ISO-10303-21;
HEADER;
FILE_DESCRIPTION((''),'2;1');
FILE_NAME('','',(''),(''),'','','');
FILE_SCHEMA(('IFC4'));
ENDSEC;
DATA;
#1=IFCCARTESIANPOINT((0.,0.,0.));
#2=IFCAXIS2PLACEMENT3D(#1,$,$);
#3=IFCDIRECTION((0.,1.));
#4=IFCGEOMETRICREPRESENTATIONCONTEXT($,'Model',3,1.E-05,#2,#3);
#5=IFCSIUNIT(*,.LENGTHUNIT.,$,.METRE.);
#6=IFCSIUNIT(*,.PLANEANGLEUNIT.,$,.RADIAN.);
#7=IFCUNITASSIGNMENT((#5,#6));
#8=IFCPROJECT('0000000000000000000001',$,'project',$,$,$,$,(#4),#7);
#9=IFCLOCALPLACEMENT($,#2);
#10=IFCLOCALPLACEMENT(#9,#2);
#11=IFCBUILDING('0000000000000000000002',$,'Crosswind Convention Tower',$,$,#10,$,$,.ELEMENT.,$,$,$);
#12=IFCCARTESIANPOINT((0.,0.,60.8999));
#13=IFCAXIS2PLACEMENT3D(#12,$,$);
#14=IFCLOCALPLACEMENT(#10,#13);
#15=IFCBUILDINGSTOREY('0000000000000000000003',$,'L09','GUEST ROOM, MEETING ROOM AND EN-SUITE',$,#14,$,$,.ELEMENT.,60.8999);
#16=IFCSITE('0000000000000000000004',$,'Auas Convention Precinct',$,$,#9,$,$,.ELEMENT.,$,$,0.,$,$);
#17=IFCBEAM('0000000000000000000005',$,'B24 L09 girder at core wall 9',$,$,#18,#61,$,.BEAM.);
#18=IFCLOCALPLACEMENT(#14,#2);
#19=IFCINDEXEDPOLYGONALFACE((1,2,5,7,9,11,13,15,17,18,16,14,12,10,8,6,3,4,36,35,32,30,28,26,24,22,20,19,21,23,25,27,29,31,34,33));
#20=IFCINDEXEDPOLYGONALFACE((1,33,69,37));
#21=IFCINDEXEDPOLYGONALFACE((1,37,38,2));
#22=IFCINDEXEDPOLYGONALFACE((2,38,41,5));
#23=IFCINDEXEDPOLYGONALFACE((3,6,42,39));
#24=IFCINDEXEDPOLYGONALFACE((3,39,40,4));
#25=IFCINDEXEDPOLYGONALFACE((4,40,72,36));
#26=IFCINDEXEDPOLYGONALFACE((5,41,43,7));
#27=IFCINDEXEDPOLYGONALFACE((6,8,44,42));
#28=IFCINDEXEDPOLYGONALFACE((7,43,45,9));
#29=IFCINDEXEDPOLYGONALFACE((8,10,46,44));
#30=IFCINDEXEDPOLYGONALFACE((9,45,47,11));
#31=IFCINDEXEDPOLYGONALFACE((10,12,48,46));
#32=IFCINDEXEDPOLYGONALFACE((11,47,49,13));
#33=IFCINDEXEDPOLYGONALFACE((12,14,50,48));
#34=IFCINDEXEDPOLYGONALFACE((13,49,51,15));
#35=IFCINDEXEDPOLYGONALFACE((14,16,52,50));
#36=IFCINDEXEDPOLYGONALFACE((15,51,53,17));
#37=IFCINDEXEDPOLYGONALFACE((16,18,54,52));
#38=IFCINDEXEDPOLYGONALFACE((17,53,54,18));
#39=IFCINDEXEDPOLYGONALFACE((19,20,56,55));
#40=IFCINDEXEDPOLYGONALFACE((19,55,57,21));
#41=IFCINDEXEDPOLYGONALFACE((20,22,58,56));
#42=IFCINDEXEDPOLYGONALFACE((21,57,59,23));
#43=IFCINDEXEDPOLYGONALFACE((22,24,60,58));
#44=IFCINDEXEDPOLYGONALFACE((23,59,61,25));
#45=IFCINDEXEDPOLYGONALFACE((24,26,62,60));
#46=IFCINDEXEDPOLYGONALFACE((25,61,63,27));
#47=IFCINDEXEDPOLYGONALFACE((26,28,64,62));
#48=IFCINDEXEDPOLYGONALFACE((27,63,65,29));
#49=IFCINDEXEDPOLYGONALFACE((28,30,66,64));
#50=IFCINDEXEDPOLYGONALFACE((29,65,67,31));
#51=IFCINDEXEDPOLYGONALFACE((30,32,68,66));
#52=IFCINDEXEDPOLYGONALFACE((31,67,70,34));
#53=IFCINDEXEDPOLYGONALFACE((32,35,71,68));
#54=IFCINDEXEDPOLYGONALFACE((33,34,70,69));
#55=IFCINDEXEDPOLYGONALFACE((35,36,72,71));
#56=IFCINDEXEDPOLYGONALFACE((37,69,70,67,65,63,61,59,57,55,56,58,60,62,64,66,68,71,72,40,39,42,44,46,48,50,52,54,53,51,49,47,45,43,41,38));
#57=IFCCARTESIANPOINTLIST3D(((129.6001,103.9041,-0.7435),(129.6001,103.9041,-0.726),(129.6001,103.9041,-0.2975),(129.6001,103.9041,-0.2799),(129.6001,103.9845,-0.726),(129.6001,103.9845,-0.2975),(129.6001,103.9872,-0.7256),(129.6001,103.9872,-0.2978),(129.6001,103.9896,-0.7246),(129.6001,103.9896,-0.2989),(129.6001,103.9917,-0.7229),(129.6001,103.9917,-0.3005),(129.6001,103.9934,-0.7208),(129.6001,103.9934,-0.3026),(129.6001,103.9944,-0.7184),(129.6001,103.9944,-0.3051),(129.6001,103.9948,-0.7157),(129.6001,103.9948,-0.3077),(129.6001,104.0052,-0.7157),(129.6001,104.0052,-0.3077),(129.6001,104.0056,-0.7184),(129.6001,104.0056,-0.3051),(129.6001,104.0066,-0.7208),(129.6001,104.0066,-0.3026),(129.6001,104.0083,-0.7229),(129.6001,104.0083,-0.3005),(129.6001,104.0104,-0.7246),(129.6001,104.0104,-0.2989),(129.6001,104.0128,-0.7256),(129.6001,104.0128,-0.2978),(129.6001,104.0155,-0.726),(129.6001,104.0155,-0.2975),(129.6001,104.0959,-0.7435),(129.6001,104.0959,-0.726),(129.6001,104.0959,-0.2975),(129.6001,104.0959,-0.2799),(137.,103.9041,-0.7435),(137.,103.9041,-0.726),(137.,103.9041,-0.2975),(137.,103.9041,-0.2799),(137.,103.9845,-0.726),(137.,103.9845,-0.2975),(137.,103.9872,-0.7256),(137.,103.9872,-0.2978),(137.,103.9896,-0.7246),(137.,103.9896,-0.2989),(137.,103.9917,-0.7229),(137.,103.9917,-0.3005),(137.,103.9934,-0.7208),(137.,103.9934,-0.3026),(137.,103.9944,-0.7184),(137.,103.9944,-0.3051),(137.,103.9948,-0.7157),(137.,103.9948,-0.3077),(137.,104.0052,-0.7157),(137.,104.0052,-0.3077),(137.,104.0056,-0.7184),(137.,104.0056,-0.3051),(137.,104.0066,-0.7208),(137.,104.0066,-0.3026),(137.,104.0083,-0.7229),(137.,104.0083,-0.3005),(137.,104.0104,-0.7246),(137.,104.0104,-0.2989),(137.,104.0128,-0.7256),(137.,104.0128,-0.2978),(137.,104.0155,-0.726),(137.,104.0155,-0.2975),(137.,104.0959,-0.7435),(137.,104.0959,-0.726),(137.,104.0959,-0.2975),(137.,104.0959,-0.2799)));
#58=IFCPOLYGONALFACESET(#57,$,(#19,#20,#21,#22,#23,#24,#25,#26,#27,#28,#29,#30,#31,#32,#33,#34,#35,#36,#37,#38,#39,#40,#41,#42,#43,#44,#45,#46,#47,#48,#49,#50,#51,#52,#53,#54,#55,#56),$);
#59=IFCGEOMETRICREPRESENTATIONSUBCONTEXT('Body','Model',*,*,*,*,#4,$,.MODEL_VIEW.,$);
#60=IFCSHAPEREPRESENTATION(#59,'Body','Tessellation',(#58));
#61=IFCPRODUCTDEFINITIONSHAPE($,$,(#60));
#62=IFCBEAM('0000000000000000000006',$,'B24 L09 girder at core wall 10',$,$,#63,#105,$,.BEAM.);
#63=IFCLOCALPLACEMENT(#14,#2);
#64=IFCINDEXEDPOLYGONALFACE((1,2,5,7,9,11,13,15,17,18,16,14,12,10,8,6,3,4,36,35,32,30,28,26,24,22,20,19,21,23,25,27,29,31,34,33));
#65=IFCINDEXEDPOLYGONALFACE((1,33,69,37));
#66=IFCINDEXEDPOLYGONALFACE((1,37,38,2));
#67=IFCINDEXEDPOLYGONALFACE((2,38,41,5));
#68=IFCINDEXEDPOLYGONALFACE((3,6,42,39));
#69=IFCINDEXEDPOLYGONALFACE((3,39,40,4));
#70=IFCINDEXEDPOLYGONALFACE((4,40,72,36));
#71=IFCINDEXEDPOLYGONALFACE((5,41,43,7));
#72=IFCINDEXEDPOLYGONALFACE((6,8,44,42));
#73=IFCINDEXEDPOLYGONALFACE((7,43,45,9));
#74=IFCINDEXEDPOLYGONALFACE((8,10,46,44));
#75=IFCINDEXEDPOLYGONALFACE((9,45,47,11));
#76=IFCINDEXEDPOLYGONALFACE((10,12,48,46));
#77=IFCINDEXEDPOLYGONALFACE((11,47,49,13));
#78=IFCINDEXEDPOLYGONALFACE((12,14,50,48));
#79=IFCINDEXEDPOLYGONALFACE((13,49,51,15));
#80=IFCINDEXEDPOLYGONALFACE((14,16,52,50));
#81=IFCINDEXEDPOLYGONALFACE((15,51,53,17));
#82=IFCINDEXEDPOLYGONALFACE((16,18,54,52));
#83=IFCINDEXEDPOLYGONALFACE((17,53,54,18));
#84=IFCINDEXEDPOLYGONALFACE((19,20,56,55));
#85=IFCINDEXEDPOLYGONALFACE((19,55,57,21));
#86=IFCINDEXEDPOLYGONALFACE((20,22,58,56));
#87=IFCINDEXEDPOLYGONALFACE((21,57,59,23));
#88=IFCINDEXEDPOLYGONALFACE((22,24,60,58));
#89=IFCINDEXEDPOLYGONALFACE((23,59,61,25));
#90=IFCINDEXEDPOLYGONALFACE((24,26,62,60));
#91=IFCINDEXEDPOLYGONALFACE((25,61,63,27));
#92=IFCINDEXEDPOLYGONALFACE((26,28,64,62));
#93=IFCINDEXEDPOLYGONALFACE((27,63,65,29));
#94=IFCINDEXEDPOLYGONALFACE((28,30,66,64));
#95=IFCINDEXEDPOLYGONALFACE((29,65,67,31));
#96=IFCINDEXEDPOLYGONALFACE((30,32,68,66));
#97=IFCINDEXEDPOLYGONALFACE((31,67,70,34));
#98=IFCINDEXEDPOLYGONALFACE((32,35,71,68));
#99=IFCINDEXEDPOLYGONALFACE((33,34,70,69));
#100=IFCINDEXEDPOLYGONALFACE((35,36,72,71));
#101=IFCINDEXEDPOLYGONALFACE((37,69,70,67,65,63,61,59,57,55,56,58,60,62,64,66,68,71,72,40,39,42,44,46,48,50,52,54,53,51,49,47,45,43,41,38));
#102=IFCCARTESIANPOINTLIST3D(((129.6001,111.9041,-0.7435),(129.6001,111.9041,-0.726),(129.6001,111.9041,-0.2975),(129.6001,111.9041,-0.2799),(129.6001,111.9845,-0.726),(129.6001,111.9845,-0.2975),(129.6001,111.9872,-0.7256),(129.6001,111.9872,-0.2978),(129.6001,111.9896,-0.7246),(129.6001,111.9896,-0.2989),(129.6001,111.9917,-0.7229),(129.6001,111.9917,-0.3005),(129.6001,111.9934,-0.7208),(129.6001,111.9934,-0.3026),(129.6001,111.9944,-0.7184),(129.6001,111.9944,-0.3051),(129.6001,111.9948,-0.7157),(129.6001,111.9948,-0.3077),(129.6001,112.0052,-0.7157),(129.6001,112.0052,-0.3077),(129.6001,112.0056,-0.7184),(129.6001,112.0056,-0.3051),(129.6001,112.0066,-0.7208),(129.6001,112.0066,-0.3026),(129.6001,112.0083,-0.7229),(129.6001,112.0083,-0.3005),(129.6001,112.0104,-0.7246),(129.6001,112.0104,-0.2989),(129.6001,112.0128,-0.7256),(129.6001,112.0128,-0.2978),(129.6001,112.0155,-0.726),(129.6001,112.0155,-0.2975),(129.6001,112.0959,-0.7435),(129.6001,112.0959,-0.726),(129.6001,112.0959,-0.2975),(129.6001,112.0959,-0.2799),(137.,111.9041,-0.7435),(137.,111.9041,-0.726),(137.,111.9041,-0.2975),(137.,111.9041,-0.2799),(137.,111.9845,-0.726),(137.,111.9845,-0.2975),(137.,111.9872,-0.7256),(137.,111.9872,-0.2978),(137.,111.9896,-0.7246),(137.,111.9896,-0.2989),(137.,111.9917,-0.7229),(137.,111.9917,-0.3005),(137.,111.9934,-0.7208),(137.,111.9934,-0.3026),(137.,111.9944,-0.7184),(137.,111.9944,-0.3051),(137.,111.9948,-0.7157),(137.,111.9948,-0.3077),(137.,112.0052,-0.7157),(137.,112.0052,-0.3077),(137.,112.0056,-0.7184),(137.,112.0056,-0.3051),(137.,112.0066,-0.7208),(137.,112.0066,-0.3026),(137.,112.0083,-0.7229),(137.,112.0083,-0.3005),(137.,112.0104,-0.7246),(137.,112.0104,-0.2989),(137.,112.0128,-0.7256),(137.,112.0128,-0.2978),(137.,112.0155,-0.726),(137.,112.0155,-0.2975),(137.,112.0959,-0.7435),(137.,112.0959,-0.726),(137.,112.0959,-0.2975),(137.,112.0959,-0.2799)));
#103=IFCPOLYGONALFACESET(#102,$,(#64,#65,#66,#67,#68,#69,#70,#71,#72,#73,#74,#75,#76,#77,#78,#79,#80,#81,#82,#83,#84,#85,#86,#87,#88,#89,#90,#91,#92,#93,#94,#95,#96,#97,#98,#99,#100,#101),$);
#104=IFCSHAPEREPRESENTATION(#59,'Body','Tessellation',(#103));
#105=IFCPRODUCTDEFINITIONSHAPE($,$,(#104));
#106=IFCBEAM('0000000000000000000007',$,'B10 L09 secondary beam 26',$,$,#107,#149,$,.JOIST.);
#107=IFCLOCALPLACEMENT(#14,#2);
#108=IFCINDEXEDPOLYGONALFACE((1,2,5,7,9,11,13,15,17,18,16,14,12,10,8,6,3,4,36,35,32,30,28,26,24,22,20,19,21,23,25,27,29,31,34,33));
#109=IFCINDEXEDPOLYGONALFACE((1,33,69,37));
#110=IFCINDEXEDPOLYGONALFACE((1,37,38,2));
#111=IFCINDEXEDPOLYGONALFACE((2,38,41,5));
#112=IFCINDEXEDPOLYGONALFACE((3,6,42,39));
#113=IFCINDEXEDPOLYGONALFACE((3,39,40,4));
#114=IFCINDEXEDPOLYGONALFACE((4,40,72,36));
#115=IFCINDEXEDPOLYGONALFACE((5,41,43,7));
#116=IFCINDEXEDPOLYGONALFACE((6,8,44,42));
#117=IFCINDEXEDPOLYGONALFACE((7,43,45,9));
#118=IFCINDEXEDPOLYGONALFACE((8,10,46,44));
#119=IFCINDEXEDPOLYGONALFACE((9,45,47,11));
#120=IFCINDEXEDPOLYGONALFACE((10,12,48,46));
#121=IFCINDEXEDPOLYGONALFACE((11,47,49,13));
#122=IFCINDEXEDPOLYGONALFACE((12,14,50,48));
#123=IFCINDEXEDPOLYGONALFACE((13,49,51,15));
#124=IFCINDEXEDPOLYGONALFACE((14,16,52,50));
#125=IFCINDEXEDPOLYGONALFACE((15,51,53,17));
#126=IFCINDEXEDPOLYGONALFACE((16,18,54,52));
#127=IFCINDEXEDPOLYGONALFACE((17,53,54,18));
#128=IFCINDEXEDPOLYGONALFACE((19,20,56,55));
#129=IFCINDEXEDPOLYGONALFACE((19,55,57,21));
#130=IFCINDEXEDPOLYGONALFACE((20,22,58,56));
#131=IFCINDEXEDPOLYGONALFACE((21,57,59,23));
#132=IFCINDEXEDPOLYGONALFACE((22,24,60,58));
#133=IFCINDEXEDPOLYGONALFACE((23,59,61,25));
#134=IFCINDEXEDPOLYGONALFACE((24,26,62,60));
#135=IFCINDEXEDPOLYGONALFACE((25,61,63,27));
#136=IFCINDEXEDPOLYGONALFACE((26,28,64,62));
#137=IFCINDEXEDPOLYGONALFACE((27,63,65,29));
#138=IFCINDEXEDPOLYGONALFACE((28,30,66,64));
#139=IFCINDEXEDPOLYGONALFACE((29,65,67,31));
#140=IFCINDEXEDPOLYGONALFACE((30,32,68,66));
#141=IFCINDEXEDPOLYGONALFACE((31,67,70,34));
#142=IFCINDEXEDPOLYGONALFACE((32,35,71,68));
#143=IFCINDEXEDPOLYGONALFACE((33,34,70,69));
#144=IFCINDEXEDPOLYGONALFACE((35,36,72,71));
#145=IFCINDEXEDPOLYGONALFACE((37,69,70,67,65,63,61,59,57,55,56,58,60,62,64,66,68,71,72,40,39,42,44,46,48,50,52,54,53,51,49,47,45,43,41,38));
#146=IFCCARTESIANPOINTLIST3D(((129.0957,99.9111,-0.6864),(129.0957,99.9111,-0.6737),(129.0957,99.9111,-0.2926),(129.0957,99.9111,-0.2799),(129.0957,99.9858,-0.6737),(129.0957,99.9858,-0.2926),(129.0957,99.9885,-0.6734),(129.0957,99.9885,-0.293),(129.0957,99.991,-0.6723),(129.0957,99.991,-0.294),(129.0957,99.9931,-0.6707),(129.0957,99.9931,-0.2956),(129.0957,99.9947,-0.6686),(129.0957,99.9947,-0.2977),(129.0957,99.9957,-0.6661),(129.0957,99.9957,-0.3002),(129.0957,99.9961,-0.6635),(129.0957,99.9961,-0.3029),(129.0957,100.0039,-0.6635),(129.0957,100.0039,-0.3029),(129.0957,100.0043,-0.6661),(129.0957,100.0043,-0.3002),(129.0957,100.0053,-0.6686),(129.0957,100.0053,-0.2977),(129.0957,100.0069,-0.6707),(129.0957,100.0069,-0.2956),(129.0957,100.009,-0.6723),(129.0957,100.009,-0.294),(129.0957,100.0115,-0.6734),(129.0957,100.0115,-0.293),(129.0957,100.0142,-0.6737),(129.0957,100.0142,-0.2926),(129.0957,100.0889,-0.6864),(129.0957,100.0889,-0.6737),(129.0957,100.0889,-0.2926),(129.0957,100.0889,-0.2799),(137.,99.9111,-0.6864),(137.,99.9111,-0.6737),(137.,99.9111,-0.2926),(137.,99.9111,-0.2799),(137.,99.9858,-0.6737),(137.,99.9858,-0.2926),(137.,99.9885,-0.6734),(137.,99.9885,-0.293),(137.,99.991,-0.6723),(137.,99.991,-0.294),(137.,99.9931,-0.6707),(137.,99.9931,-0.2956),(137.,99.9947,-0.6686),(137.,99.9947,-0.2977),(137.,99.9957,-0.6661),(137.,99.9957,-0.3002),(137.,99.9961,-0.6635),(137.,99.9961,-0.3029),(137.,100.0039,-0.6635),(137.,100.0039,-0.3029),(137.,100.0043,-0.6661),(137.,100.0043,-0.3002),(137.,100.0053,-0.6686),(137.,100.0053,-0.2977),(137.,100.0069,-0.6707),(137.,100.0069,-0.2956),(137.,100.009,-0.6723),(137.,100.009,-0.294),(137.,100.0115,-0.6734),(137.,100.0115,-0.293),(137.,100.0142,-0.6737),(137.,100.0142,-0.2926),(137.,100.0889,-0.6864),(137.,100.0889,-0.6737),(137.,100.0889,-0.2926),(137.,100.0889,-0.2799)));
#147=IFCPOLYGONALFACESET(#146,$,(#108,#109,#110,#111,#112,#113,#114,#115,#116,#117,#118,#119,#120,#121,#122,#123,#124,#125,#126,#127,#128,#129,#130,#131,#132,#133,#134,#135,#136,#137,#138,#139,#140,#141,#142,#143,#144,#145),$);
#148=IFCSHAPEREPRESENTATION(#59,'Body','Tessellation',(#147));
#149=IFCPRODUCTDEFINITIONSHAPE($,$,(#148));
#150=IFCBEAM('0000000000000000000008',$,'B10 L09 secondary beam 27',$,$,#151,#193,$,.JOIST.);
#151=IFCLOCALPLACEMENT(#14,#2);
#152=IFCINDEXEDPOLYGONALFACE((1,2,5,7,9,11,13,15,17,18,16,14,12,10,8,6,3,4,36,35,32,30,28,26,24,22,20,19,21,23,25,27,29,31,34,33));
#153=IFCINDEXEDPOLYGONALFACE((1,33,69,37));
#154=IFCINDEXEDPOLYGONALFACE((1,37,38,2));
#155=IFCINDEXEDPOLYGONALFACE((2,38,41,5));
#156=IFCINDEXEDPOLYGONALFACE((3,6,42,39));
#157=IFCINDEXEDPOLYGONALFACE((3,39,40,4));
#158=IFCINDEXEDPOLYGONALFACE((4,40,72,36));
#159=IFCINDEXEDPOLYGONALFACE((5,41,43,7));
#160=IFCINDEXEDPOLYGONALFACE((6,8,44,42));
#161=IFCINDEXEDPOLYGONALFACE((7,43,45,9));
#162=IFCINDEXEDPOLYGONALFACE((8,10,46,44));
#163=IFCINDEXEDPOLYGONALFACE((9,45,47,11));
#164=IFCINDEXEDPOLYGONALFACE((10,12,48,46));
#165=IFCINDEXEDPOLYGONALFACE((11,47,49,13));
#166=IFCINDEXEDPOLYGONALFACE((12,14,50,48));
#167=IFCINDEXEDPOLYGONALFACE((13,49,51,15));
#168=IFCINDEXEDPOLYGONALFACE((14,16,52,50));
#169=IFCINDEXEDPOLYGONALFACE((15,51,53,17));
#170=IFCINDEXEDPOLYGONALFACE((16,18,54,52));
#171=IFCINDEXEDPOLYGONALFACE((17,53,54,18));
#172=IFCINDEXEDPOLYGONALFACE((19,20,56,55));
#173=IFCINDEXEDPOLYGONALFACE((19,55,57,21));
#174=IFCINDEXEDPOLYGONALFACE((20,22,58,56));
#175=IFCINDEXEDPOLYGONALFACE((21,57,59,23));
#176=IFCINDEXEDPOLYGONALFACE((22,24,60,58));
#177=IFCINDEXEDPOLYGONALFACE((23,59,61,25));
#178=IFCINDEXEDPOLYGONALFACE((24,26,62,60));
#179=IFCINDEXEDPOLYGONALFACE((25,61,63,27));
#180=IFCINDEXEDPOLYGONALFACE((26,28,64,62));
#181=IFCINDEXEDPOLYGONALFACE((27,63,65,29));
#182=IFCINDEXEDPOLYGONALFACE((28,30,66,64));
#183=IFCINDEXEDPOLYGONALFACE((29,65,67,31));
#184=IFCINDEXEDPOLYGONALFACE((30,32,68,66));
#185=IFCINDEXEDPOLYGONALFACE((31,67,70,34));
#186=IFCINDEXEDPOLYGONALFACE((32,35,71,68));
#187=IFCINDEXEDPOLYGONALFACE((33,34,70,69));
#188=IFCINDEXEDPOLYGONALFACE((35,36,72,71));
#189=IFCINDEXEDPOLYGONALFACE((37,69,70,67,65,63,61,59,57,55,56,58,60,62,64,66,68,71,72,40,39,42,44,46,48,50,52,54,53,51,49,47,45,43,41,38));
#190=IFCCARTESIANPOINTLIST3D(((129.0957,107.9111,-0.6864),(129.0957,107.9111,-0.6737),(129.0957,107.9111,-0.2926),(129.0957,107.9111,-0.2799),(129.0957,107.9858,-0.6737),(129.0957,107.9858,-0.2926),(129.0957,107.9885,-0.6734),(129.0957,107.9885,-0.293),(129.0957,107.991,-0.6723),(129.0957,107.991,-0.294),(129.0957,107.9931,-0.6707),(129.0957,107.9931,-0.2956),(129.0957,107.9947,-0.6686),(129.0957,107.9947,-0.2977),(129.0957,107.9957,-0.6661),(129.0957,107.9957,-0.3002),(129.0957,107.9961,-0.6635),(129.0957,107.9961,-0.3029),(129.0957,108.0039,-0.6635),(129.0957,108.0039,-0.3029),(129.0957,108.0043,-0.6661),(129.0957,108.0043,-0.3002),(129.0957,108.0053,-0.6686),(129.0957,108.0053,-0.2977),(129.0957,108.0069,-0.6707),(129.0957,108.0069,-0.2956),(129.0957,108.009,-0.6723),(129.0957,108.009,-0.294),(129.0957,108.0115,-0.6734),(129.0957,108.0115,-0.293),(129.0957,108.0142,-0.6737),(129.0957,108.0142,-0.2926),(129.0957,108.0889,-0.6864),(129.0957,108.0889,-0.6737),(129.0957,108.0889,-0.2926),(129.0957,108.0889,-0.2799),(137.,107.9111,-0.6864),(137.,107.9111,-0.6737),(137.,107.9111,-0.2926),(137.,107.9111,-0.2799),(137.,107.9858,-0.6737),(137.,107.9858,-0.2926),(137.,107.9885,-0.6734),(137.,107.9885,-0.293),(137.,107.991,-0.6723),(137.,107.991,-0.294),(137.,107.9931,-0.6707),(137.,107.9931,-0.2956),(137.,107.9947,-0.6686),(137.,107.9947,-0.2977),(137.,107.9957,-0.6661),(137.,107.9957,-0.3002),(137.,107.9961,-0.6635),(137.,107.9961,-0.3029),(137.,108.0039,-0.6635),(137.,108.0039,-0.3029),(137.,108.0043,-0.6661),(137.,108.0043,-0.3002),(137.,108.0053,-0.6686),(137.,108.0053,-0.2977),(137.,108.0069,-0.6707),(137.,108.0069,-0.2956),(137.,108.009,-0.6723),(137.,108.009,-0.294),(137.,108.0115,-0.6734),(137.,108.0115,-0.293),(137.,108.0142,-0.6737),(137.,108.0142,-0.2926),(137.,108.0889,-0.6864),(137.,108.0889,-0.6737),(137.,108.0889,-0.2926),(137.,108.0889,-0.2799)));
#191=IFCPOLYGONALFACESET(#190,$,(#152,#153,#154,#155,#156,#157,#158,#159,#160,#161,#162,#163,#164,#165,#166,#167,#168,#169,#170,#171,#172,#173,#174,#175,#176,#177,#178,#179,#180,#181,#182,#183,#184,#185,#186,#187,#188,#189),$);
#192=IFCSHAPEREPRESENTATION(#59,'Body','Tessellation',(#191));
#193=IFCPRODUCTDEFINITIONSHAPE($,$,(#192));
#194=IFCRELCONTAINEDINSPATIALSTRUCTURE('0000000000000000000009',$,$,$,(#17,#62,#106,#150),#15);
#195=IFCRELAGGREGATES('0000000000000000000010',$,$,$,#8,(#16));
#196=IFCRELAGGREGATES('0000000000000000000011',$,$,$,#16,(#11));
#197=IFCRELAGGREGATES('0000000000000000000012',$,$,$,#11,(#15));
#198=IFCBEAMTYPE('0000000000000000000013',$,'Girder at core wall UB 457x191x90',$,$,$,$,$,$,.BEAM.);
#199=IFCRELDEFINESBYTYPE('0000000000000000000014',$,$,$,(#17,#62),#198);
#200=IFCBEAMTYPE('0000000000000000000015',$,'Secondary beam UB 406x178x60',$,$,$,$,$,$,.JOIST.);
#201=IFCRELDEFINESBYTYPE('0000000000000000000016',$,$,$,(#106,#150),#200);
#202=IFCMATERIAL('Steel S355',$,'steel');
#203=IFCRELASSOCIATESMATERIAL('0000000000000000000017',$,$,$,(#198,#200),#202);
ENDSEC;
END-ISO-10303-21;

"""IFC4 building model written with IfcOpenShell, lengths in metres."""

from ifc_helpers import new_model, si_unit, direction, frame, origin, origin_2d, place, context, subcontext, project, spatial, i_section, extrude, material, material_profile, profile_set, type_object, element, save


model = new_model("IFC4")

# Units and contexts
model_context = context("Model", 3, precision=1e-05, world=origin(), true_north=direction((0.0, 1.0)))
body_context = subcontext(model_context, "Body", "Model", "MODEL_VIEW")
ifc_project = project(units=[si_unit("LENGTHUNIT", "METRE"), si_unit("PLANEANGLEUNIT", "RADIAN")], contexts=[model_context])

# Site, building, storey
site_placement = place(None, origin())
site = spatial("IfcSite", under=ifc_project, at=site_placement, Name="Auas Convention Precinct", CompositionType="ELEMENT", RefElevation=0.0)
building_placement = place(site_placement, origin())
building = spatial("IfcBuilding", under=site, at=building_placement, Name="Crosswind Convention Tower", CompositionType="ELEMENT")
storey_placement = place(building_placement, frame((0.0, 0.0, 60.8999)))
storey = spatial("IfcBuildingStorey", under=building, at=storey_placement, Name="L09", Description="GUEST ROOM, MEETING ROOM AND EN-SUITE", CompositionType="ELEMENT", Elevation=60.8999)

# Beams
ifc_material_1 = material(Name="Steel S355", Category="steel")
ifc_material_profile_1 = material_profile(ifc_material_1, i_section(OverallWidth=0.1919, OverallDepth=0.4636, WebThickness=0.0105, FlangeThickness=0.0176, FilletRadius=0.0103, at=origin_2d()), Name="UB 457x191x90")
ifc_profile_set_1 = profile_set([ifc_material_profile_1], Name="Steel S355")
beam_type_1 = type_object("IfcBeamType", Name="Girder at core wall UB 457x191x90", PredefinedType="BEAM", material=ifc_profile_set_1)
for number, where, z_axis, x_axis, name in (
    (1, (129.6001, 104.0, -0.5117), (1.0, 0.0, 0.0), (0.0, 1.0, 0.0), "B24 L09 girder at core wall 9"),
    (2, (129.6001, 112.0, -0.5117), (1.0, 0.0, 0.0), (0.0, 1.0, 0.0), "B24 L09 girder at core wall 10"),
):
    element("IfcBeam", number, at=place(storey_placement, frame(where, z_axis=z_axis, x_axis=x_axis)), inside=storey, type_object=beam_type_1, Name=name, PredefinedType="BEAM", context=body_context, shape_type="SweptSolid", body=[
        extrude(i_section(OverallWidth=0.1919, OverallDepth=0.4636, WebThickness=0.0105, FlangeThickness=0.0176, FilletRadius=0.0103, at=origin_2d()), origin(), (0.0, 0.0, 1.0), 7.3999),
    ])
ifc_material_profile_2 = material_profile(ifc_material_1, i_section(OverallWidth=0.1777, OverallDepth=0.4065, WebThickness=0.0078, FlangeThickness=0.0127, FilletRadius=0.0103, at=origin_2d()), Name="UB 406x178x60")
ifc_profile_set_2 = profile_set([ifc_material_profile_2], Name="Steel S355")
beam_type_2 = type_object("IfcBeamType", Name="Secondary beam UB 406x178x60", PredefinedType="JOIST", material=ifc_profile_set_2)
for number, where, z_axis, x_axis, name in (
    (3, (129.0957, 100.0, -0.4832), (1.0, 0.0, 0.0), (0.0, 1.0, 0.0), "B10 L09 secondary beam 26"),
    (4, (129.0957, 108.0, -0.4832), (1.0, 0.0, 0.0), (0.0, 1.0, 0.0), "B10 L09 secondary beam 27"),
):
    element("IfcBeam", number, at=place(storey_placement, frame(where, z_axis=z_axis, x_axis=x_axis)), inside=storey, type_object=beam_type_2, Name=name, PredefinedType="JOIST", context=body_context, shape_type="SweptSolid", body=[
        extrude(i_section(OverallWidth=0.1777, OverallDepth=0.4065, WebThickness=0.0078, FlangeThickness=0.0127, FilletRadius=0.0103, at=origin_2d()), origin(), (0.0, 0.0, 1.0), 7.9043),
    ])

save(model, "model.ifc")
